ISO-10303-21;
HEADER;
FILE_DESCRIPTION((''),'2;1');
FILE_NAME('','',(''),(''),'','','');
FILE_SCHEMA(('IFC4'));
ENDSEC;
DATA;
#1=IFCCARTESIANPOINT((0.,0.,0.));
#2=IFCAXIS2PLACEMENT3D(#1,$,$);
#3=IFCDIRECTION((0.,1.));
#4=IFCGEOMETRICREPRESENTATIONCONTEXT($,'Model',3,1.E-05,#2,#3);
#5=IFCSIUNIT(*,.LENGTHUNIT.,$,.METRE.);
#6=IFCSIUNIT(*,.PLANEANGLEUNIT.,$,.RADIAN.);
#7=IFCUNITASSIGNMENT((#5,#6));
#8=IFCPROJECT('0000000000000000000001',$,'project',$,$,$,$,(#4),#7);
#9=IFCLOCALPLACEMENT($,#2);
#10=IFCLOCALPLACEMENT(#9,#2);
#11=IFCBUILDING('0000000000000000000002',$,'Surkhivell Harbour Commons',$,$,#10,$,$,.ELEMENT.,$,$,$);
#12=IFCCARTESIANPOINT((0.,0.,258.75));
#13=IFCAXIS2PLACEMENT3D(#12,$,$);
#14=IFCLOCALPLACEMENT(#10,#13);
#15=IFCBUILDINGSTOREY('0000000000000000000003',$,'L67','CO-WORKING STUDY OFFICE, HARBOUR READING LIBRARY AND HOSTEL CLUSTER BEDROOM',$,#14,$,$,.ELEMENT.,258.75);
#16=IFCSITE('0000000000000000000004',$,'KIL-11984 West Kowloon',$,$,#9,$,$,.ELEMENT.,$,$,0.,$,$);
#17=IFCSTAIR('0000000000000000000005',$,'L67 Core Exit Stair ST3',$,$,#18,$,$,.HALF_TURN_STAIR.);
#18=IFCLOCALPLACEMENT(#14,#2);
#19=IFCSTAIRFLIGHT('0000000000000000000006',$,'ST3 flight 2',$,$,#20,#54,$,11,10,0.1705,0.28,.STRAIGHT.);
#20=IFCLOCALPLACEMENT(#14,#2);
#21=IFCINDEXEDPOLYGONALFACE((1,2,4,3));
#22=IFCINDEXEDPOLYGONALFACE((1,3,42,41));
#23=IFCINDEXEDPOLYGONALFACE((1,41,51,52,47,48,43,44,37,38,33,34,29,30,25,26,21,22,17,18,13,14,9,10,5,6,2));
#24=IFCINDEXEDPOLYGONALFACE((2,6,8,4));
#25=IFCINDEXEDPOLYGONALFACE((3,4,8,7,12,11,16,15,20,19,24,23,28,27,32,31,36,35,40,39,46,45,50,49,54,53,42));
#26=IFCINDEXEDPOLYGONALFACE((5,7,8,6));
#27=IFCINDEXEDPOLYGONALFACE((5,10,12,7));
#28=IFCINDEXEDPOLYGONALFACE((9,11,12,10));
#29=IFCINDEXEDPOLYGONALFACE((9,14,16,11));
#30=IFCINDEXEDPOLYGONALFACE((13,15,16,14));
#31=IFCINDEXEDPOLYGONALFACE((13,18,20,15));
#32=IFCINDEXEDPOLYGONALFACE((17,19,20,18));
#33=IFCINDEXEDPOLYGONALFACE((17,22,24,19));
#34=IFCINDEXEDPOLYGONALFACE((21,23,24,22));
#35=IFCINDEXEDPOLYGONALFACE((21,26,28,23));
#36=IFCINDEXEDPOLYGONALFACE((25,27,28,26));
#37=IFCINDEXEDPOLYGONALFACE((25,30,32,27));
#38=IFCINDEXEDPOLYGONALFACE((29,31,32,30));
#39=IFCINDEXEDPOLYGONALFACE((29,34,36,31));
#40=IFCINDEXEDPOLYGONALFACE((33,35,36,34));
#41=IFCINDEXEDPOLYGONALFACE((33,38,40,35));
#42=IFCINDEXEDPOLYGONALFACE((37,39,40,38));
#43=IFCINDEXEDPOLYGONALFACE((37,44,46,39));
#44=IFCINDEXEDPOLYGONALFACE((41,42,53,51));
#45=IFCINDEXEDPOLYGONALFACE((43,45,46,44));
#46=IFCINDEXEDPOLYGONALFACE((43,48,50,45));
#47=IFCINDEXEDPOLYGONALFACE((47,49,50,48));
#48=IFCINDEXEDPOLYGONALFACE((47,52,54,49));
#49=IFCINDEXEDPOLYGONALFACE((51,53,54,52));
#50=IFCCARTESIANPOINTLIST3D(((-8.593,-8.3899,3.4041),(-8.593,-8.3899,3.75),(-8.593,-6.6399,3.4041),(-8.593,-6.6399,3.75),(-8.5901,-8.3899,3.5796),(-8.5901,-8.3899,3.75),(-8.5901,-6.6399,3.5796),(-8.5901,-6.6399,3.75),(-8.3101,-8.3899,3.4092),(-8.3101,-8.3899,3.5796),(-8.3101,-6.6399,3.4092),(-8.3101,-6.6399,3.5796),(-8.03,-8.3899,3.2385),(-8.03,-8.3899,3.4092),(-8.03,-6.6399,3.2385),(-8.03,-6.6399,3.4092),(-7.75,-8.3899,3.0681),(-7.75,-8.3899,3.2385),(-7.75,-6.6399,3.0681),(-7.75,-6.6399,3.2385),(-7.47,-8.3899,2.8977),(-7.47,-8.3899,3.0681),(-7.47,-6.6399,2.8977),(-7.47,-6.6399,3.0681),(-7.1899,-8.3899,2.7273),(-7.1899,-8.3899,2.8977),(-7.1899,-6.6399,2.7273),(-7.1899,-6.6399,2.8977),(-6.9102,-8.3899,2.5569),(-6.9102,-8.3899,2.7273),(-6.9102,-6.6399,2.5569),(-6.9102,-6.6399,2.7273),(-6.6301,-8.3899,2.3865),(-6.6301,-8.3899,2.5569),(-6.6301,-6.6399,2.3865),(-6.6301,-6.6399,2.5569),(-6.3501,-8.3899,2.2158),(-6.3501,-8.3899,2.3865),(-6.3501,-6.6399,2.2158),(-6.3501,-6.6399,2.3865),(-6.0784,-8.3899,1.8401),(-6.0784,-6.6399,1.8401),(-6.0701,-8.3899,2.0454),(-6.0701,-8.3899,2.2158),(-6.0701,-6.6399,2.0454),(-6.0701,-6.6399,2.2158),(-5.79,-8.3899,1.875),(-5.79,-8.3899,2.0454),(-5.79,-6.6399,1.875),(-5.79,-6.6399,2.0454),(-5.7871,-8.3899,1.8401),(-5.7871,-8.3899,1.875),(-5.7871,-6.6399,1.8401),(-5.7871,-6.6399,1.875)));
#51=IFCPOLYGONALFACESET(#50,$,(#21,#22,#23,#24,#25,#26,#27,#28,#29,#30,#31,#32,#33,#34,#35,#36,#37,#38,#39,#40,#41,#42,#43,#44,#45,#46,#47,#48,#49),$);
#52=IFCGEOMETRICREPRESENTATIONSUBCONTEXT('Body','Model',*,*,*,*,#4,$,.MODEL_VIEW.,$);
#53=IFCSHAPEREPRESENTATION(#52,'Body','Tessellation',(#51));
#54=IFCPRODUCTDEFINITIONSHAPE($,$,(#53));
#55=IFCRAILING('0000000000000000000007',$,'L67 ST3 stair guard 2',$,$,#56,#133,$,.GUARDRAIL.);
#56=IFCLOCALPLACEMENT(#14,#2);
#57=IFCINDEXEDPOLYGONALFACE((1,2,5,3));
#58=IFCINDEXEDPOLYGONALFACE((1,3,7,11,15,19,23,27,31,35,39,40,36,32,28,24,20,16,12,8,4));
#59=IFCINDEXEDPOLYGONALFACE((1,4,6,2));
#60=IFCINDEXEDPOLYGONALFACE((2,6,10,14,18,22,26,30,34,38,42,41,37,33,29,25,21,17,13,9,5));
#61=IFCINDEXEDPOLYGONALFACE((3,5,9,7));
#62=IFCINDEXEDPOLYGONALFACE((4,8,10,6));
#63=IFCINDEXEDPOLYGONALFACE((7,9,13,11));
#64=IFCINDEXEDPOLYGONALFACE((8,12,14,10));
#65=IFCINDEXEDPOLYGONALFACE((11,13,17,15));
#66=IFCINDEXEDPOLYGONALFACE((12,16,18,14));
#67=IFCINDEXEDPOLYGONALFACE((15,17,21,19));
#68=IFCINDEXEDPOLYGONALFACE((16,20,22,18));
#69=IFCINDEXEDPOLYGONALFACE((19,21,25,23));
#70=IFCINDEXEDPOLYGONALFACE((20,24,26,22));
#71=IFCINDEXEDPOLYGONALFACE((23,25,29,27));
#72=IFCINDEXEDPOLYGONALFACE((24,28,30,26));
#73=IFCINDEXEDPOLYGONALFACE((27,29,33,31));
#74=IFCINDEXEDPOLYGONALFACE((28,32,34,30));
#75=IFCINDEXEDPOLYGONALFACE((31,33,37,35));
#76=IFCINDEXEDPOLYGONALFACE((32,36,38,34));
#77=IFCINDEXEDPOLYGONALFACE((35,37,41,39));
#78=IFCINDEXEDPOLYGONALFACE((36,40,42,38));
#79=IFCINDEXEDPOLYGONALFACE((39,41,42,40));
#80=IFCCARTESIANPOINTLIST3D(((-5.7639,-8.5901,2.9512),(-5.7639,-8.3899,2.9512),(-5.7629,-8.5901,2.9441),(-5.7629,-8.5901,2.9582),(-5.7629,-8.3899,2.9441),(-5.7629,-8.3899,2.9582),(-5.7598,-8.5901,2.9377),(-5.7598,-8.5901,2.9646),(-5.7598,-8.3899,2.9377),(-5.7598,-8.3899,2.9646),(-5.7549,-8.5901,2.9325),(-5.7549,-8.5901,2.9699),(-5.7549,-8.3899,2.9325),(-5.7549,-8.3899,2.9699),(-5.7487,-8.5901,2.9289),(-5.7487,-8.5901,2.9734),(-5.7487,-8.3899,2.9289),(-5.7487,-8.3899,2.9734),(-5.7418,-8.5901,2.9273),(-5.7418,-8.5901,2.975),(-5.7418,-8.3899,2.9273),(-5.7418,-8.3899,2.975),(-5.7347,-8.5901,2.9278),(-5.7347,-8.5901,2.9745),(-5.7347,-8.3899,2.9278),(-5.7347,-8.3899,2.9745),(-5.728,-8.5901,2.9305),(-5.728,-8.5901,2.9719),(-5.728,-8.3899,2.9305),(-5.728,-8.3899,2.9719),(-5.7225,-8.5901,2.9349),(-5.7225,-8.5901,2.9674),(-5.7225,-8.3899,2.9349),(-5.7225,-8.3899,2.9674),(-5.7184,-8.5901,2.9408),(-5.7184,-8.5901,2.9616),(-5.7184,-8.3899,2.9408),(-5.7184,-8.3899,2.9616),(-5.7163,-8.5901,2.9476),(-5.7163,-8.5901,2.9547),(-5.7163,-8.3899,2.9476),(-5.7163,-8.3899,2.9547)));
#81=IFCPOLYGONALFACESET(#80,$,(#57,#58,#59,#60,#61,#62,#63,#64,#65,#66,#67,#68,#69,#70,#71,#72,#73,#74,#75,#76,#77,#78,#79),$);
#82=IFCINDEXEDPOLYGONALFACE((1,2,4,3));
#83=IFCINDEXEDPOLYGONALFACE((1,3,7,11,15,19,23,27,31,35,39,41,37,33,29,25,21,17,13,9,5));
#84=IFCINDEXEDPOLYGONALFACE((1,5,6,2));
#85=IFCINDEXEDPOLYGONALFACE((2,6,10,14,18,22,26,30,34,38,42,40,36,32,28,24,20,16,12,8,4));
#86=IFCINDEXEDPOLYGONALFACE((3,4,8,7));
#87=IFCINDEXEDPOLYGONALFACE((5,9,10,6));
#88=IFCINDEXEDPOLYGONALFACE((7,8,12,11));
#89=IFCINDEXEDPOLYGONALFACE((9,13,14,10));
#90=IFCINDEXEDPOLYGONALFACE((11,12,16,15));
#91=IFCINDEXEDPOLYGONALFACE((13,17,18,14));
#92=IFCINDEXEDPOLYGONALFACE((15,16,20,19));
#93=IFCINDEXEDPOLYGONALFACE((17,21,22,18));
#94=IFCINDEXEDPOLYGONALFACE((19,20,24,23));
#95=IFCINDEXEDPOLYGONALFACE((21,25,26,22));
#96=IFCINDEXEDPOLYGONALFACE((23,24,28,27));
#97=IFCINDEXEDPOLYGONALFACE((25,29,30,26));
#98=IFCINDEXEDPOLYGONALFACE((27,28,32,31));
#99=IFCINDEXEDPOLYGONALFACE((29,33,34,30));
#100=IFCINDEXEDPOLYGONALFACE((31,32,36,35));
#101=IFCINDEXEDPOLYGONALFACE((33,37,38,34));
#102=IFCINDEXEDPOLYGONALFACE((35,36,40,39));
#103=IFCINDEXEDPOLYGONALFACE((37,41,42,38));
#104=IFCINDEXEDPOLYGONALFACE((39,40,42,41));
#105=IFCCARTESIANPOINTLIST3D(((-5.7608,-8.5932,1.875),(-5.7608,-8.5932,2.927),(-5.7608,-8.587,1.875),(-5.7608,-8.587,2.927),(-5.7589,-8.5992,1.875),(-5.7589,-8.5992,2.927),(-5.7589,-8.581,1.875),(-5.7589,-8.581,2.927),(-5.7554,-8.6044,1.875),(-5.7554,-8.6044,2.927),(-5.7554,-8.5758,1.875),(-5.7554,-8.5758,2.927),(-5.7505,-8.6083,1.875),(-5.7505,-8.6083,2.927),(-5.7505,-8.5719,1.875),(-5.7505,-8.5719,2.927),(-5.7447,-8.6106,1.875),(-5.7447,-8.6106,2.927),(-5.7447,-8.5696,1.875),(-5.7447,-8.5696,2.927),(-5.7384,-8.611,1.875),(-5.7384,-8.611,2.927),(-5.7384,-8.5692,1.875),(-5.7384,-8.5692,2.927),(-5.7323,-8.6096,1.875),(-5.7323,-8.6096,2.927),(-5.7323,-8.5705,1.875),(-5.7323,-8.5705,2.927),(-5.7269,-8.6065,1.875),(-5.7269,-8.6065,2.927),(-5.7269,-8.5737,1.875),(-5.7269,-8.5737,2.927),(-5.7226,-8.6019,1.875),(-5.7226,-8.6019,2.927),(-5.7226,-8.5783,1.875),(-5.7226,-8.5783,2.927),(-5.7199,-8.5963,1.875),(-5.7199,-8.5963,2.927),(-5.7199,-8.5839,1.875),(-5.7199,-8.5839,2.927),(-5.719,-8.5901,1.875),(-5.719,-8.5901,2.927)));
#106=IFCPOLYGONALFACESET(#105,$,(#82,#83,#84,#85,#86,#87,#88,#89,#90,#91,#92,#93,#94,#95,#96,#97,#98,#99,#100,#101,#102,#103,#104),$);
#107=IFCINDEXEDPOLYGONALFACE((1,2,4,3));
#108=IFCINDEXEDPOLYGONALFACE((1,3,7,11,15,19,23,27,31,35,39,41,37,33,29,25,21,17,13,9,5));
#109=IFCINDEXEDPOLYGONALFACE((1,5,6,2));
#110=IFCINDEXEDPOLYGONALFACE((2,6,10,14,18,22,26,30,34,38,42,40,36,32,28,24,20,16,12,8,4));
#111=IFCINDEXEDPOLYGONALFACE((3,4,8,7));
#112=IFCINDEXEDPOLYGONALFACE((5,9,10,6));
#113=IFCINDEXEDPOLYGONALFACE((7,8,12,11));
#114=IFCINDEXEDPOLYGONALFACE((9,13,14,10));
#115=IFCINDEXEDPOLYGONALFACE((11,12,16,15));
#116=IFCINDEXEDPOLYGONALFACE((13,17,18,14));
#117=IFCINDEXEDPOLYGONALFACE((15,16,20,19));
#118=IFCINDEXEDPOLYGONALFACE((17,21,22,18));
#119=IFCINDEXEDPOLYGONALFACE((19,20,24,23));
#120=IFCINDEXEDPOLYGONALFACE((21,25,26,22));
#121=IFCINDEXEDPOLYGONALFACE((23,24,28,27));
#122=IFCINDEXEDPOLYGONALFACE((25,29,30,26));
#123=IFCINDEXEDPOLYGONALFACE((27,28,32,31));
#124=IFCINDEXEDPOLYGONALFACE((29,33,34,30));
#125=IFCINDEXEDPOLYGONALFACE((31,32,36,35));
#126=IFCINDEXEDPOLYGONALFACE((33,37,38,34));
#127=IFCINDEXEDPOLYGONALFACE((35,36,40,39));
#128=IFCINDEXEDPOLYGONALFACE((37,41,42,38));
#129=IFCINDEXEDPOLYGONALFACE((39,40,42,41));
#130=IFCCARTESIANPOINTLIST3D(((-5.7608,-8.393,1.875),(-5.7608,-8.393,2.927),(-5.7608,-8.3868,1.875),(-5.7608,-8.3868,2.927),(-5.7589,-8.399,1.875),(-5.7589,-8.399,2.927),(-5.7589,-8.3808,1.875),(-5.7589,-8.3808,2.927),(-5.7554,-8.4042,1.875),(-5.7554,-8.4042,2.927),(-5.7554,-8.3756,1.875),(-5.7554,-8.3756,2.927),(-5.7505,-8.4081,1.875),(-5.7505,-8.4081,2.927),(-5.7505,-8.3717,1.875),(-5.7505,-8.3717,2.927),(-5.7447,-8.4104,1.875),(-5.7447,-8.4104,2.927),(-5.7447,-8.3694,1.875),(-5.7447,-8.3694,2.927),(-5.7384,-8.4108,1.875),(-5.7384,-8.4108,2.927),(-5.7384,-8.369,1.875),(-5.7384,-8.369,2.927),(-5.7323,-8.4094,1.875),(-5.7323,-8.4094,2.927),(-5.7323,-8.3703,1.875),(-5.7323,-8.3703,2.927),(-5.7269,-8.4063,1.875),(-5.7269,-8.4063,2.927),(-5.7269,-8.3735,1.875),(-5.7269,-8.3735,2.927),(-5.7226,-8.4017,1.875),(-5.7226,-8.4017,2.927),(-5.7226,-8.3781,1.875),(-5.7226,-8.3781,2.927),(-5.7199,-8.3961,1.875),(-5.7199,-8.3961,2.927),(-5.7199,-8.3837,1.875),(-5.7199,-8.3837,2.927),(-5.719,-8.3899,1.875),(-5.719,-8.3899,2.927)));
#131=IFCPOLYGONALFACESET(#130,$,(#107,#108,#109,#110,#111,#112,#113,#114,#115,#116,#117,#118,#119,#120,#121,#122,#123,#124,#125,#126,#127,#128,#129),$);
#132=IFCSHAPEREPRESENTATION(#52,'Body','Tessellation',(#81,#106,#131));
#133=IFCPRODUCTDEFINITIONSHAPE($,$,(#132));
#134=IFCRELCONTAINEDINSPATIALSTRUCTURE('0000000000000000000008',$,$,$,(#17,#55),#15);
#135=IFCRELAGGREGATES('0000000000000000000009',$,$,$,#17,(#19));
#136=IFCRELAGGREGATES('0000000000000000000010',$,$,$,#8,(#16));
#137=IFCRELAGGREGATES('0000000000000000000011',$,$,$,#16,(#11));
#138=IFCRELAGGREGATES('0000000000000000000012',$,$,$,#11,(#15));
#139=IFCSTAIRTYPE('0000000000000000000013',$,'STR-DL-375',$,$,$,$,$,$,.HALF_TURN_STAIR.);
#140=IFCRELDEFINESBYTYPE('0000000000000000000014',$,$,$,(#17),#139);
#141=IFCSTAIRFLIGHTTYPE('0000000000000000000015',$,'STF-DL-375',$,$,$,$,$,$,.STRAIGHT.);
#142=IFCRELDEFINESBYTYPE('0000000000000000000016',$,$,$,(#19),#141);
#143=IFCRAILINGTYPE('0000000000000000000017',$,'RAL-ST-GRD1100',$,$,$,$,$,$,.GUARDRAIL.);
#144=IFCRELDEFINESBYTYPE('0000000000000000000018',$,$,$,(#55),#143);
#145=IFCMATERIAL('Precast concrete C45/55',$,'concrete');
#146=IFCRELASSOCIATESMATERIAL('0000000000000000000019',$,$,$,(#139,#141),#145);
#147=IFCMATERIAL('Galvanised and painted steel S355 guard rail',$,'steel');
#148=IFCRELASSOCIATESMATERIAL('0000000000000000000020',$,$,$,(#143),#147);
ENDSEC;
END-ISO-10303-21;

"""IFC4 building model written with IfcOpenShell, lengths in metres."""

from ifc_helpers import new_model, si_unit, direction, frame, origin, origin_2d, place, context, subcontext, project, spatial, polyline, circle, outline, extrude, material, type_object, element, aggregate, save


model = new_model("IFC4")

# Units and contexts
model_context = context("Model", 3, precision=1e-05, world=origin(), true_north=direction((0.0, 1.0)))
body_context = subcontext(model_context, "Body", "Model", "MODEL_VIEW")
ifc_project = project(units=[si_unit("LENGTHUNIT", "METRE"), si_unit("PLANEANGLEUNIT", "RADIAN")], contexts=[model_context])

# Site, building, storey
site_placement = place(None, origin())
site = spatial("IfcSite", under=ifc_project, at=site_placement, Name="KIL-11984 West Kowloon", CompositionType="ELEMENT", RefElevation=0.0)
building_placement = place(site_placement, origin())
building = spatial("IfcBuilding", under=site, at=building_placement, Name="Surkhivell Harbour Commons", CompositionType="ELEMENT")
storey_placement = place(building_placement, frame((0.0, 0.0, 258.75)))
storey = spatial("IfcBuildingStorey", under=building, at=storey_placement, Name="L67", Description="CO-WORKING STUDY OFFICE, HARBOUR READING LIBRARY AND HOSTEL CLUSTER BEDROOM", CompositionType="ELEMENT", Elevation=258.75)

# Stair, stair flight
ifc_material_1 = material(Name="Precast concrete C45/55", Category="concrete")
stair_type = type_object("IfcStairType", Name="STR-DL-375", PredefinedType="HALF_TURN_STAIR", material=ifc_material_1)
stair_placement = place(storey_placement, origin())
stair = element("IfcStair", 1, at=stair_placement, inside=storey, type_object=stair_type, Name="L67 Core Exit Stair ST3", PredefinedType="HALF_TURN_STAIR")
stair_flight_type = type_object("IfcStairFlightType", Name="STF-DL-375", PredefinedType="STRAIGHT", material=ifc_material_1)
stair_flight_placement = place(storey_placement, frame((-5.79, -7.5149, 1.875), z_axis=(0.0, 0.0, 1.0), x_axis=(-1.0, 0.0, 0.0)))
stair_flight = element("IfcStairFlight", 2, at=stair_flight_placement, type_object=stair_flight_type, Name="ST3 flight 2", NumberOfRisers=11, NumberOfTreads=10, PredefinedType="STRAIGHT", RiserHeight=0.1705, TreadLength=0.28, context=body_context, shape_type="SweptSolid", body=[
    extrude(outline(polyline([(-0.0029, -0.0349), (-0.0029, 0.0), (0.0, 0.0), (0.0, 0.1704), (0.28, 0.1704), (0.28, 0.3408), (0.5601, 0.3408), (0.5601, 0.5115), (0.8401, 0.5115), (0.8401, 0.6819), (1.1201, 0.6819), (1.1201, 0.8523), (1.3999, 0.8523), (1.3999, 1.0227), (1.6799, 1.0227), (1.6799, 1.1931), (1.96, 1.1931), (1.96, 1.3635), (2.24, 1.3635), (2.24, 1.5342), (2.52, 1.5342), (2.52, 1.7046), (2.8, 1.7046), (2.8, 1.875), (2.803, 1.875), (2.803, 1.5291), (0.2883, -0.0349), (-0.0029, -0.0349)])), frame((0.0, 0.875, 0.0), z_axis=(0.0, -1.0, 0.0), x_axis=(1.0, 0.0, 0.0)), (0.0, 0.0, 1.0), 1.75),
])
aggregate(stair, [stair_flight])

# Railing
ifc_material_2 = material(Name="Galvanised and painted steel S355 guard rail", Category="steel")
railing_type_1 = type_object("IfcRailingType", Name="RAL-ST-GRD1100", PredefinedType="GUARDRAIL", material=ifc_material_2)
railing_1_placement = place(storey_placement, frame((-5.74, -8.5901, 1.875)))
element("IfcRailing", 3, at=railing_1_placement, inside=storey, type_object=railing_type_1, Name="L67 ST3 stair guard 2", PredefinedType="GUARDRAIL", context=body_context, shape_type="SweptSolid", body=[
    extrude(circle(Radius=0.0239, at=origin_2d()), frame((0.0, 0.0, 1.0762), z_axis=(0.0, 1.0, 0.0), x_axis=(-1.0, 0.0, 0.0)), (0.0, 0.0, 1.0), 0.2002),
    extrude(circle(Radius=0.021, at=origin_2d()), origin(), (0.0, 0.0, 1.0), 1.052),
    extrude(circle(Radius=0.021, at=origin_2d()), frame((0.0, 0.2002, 0.0)), (0.0, 0.0, 1.0), 1.052),
])

save(model, "model.ifc")
